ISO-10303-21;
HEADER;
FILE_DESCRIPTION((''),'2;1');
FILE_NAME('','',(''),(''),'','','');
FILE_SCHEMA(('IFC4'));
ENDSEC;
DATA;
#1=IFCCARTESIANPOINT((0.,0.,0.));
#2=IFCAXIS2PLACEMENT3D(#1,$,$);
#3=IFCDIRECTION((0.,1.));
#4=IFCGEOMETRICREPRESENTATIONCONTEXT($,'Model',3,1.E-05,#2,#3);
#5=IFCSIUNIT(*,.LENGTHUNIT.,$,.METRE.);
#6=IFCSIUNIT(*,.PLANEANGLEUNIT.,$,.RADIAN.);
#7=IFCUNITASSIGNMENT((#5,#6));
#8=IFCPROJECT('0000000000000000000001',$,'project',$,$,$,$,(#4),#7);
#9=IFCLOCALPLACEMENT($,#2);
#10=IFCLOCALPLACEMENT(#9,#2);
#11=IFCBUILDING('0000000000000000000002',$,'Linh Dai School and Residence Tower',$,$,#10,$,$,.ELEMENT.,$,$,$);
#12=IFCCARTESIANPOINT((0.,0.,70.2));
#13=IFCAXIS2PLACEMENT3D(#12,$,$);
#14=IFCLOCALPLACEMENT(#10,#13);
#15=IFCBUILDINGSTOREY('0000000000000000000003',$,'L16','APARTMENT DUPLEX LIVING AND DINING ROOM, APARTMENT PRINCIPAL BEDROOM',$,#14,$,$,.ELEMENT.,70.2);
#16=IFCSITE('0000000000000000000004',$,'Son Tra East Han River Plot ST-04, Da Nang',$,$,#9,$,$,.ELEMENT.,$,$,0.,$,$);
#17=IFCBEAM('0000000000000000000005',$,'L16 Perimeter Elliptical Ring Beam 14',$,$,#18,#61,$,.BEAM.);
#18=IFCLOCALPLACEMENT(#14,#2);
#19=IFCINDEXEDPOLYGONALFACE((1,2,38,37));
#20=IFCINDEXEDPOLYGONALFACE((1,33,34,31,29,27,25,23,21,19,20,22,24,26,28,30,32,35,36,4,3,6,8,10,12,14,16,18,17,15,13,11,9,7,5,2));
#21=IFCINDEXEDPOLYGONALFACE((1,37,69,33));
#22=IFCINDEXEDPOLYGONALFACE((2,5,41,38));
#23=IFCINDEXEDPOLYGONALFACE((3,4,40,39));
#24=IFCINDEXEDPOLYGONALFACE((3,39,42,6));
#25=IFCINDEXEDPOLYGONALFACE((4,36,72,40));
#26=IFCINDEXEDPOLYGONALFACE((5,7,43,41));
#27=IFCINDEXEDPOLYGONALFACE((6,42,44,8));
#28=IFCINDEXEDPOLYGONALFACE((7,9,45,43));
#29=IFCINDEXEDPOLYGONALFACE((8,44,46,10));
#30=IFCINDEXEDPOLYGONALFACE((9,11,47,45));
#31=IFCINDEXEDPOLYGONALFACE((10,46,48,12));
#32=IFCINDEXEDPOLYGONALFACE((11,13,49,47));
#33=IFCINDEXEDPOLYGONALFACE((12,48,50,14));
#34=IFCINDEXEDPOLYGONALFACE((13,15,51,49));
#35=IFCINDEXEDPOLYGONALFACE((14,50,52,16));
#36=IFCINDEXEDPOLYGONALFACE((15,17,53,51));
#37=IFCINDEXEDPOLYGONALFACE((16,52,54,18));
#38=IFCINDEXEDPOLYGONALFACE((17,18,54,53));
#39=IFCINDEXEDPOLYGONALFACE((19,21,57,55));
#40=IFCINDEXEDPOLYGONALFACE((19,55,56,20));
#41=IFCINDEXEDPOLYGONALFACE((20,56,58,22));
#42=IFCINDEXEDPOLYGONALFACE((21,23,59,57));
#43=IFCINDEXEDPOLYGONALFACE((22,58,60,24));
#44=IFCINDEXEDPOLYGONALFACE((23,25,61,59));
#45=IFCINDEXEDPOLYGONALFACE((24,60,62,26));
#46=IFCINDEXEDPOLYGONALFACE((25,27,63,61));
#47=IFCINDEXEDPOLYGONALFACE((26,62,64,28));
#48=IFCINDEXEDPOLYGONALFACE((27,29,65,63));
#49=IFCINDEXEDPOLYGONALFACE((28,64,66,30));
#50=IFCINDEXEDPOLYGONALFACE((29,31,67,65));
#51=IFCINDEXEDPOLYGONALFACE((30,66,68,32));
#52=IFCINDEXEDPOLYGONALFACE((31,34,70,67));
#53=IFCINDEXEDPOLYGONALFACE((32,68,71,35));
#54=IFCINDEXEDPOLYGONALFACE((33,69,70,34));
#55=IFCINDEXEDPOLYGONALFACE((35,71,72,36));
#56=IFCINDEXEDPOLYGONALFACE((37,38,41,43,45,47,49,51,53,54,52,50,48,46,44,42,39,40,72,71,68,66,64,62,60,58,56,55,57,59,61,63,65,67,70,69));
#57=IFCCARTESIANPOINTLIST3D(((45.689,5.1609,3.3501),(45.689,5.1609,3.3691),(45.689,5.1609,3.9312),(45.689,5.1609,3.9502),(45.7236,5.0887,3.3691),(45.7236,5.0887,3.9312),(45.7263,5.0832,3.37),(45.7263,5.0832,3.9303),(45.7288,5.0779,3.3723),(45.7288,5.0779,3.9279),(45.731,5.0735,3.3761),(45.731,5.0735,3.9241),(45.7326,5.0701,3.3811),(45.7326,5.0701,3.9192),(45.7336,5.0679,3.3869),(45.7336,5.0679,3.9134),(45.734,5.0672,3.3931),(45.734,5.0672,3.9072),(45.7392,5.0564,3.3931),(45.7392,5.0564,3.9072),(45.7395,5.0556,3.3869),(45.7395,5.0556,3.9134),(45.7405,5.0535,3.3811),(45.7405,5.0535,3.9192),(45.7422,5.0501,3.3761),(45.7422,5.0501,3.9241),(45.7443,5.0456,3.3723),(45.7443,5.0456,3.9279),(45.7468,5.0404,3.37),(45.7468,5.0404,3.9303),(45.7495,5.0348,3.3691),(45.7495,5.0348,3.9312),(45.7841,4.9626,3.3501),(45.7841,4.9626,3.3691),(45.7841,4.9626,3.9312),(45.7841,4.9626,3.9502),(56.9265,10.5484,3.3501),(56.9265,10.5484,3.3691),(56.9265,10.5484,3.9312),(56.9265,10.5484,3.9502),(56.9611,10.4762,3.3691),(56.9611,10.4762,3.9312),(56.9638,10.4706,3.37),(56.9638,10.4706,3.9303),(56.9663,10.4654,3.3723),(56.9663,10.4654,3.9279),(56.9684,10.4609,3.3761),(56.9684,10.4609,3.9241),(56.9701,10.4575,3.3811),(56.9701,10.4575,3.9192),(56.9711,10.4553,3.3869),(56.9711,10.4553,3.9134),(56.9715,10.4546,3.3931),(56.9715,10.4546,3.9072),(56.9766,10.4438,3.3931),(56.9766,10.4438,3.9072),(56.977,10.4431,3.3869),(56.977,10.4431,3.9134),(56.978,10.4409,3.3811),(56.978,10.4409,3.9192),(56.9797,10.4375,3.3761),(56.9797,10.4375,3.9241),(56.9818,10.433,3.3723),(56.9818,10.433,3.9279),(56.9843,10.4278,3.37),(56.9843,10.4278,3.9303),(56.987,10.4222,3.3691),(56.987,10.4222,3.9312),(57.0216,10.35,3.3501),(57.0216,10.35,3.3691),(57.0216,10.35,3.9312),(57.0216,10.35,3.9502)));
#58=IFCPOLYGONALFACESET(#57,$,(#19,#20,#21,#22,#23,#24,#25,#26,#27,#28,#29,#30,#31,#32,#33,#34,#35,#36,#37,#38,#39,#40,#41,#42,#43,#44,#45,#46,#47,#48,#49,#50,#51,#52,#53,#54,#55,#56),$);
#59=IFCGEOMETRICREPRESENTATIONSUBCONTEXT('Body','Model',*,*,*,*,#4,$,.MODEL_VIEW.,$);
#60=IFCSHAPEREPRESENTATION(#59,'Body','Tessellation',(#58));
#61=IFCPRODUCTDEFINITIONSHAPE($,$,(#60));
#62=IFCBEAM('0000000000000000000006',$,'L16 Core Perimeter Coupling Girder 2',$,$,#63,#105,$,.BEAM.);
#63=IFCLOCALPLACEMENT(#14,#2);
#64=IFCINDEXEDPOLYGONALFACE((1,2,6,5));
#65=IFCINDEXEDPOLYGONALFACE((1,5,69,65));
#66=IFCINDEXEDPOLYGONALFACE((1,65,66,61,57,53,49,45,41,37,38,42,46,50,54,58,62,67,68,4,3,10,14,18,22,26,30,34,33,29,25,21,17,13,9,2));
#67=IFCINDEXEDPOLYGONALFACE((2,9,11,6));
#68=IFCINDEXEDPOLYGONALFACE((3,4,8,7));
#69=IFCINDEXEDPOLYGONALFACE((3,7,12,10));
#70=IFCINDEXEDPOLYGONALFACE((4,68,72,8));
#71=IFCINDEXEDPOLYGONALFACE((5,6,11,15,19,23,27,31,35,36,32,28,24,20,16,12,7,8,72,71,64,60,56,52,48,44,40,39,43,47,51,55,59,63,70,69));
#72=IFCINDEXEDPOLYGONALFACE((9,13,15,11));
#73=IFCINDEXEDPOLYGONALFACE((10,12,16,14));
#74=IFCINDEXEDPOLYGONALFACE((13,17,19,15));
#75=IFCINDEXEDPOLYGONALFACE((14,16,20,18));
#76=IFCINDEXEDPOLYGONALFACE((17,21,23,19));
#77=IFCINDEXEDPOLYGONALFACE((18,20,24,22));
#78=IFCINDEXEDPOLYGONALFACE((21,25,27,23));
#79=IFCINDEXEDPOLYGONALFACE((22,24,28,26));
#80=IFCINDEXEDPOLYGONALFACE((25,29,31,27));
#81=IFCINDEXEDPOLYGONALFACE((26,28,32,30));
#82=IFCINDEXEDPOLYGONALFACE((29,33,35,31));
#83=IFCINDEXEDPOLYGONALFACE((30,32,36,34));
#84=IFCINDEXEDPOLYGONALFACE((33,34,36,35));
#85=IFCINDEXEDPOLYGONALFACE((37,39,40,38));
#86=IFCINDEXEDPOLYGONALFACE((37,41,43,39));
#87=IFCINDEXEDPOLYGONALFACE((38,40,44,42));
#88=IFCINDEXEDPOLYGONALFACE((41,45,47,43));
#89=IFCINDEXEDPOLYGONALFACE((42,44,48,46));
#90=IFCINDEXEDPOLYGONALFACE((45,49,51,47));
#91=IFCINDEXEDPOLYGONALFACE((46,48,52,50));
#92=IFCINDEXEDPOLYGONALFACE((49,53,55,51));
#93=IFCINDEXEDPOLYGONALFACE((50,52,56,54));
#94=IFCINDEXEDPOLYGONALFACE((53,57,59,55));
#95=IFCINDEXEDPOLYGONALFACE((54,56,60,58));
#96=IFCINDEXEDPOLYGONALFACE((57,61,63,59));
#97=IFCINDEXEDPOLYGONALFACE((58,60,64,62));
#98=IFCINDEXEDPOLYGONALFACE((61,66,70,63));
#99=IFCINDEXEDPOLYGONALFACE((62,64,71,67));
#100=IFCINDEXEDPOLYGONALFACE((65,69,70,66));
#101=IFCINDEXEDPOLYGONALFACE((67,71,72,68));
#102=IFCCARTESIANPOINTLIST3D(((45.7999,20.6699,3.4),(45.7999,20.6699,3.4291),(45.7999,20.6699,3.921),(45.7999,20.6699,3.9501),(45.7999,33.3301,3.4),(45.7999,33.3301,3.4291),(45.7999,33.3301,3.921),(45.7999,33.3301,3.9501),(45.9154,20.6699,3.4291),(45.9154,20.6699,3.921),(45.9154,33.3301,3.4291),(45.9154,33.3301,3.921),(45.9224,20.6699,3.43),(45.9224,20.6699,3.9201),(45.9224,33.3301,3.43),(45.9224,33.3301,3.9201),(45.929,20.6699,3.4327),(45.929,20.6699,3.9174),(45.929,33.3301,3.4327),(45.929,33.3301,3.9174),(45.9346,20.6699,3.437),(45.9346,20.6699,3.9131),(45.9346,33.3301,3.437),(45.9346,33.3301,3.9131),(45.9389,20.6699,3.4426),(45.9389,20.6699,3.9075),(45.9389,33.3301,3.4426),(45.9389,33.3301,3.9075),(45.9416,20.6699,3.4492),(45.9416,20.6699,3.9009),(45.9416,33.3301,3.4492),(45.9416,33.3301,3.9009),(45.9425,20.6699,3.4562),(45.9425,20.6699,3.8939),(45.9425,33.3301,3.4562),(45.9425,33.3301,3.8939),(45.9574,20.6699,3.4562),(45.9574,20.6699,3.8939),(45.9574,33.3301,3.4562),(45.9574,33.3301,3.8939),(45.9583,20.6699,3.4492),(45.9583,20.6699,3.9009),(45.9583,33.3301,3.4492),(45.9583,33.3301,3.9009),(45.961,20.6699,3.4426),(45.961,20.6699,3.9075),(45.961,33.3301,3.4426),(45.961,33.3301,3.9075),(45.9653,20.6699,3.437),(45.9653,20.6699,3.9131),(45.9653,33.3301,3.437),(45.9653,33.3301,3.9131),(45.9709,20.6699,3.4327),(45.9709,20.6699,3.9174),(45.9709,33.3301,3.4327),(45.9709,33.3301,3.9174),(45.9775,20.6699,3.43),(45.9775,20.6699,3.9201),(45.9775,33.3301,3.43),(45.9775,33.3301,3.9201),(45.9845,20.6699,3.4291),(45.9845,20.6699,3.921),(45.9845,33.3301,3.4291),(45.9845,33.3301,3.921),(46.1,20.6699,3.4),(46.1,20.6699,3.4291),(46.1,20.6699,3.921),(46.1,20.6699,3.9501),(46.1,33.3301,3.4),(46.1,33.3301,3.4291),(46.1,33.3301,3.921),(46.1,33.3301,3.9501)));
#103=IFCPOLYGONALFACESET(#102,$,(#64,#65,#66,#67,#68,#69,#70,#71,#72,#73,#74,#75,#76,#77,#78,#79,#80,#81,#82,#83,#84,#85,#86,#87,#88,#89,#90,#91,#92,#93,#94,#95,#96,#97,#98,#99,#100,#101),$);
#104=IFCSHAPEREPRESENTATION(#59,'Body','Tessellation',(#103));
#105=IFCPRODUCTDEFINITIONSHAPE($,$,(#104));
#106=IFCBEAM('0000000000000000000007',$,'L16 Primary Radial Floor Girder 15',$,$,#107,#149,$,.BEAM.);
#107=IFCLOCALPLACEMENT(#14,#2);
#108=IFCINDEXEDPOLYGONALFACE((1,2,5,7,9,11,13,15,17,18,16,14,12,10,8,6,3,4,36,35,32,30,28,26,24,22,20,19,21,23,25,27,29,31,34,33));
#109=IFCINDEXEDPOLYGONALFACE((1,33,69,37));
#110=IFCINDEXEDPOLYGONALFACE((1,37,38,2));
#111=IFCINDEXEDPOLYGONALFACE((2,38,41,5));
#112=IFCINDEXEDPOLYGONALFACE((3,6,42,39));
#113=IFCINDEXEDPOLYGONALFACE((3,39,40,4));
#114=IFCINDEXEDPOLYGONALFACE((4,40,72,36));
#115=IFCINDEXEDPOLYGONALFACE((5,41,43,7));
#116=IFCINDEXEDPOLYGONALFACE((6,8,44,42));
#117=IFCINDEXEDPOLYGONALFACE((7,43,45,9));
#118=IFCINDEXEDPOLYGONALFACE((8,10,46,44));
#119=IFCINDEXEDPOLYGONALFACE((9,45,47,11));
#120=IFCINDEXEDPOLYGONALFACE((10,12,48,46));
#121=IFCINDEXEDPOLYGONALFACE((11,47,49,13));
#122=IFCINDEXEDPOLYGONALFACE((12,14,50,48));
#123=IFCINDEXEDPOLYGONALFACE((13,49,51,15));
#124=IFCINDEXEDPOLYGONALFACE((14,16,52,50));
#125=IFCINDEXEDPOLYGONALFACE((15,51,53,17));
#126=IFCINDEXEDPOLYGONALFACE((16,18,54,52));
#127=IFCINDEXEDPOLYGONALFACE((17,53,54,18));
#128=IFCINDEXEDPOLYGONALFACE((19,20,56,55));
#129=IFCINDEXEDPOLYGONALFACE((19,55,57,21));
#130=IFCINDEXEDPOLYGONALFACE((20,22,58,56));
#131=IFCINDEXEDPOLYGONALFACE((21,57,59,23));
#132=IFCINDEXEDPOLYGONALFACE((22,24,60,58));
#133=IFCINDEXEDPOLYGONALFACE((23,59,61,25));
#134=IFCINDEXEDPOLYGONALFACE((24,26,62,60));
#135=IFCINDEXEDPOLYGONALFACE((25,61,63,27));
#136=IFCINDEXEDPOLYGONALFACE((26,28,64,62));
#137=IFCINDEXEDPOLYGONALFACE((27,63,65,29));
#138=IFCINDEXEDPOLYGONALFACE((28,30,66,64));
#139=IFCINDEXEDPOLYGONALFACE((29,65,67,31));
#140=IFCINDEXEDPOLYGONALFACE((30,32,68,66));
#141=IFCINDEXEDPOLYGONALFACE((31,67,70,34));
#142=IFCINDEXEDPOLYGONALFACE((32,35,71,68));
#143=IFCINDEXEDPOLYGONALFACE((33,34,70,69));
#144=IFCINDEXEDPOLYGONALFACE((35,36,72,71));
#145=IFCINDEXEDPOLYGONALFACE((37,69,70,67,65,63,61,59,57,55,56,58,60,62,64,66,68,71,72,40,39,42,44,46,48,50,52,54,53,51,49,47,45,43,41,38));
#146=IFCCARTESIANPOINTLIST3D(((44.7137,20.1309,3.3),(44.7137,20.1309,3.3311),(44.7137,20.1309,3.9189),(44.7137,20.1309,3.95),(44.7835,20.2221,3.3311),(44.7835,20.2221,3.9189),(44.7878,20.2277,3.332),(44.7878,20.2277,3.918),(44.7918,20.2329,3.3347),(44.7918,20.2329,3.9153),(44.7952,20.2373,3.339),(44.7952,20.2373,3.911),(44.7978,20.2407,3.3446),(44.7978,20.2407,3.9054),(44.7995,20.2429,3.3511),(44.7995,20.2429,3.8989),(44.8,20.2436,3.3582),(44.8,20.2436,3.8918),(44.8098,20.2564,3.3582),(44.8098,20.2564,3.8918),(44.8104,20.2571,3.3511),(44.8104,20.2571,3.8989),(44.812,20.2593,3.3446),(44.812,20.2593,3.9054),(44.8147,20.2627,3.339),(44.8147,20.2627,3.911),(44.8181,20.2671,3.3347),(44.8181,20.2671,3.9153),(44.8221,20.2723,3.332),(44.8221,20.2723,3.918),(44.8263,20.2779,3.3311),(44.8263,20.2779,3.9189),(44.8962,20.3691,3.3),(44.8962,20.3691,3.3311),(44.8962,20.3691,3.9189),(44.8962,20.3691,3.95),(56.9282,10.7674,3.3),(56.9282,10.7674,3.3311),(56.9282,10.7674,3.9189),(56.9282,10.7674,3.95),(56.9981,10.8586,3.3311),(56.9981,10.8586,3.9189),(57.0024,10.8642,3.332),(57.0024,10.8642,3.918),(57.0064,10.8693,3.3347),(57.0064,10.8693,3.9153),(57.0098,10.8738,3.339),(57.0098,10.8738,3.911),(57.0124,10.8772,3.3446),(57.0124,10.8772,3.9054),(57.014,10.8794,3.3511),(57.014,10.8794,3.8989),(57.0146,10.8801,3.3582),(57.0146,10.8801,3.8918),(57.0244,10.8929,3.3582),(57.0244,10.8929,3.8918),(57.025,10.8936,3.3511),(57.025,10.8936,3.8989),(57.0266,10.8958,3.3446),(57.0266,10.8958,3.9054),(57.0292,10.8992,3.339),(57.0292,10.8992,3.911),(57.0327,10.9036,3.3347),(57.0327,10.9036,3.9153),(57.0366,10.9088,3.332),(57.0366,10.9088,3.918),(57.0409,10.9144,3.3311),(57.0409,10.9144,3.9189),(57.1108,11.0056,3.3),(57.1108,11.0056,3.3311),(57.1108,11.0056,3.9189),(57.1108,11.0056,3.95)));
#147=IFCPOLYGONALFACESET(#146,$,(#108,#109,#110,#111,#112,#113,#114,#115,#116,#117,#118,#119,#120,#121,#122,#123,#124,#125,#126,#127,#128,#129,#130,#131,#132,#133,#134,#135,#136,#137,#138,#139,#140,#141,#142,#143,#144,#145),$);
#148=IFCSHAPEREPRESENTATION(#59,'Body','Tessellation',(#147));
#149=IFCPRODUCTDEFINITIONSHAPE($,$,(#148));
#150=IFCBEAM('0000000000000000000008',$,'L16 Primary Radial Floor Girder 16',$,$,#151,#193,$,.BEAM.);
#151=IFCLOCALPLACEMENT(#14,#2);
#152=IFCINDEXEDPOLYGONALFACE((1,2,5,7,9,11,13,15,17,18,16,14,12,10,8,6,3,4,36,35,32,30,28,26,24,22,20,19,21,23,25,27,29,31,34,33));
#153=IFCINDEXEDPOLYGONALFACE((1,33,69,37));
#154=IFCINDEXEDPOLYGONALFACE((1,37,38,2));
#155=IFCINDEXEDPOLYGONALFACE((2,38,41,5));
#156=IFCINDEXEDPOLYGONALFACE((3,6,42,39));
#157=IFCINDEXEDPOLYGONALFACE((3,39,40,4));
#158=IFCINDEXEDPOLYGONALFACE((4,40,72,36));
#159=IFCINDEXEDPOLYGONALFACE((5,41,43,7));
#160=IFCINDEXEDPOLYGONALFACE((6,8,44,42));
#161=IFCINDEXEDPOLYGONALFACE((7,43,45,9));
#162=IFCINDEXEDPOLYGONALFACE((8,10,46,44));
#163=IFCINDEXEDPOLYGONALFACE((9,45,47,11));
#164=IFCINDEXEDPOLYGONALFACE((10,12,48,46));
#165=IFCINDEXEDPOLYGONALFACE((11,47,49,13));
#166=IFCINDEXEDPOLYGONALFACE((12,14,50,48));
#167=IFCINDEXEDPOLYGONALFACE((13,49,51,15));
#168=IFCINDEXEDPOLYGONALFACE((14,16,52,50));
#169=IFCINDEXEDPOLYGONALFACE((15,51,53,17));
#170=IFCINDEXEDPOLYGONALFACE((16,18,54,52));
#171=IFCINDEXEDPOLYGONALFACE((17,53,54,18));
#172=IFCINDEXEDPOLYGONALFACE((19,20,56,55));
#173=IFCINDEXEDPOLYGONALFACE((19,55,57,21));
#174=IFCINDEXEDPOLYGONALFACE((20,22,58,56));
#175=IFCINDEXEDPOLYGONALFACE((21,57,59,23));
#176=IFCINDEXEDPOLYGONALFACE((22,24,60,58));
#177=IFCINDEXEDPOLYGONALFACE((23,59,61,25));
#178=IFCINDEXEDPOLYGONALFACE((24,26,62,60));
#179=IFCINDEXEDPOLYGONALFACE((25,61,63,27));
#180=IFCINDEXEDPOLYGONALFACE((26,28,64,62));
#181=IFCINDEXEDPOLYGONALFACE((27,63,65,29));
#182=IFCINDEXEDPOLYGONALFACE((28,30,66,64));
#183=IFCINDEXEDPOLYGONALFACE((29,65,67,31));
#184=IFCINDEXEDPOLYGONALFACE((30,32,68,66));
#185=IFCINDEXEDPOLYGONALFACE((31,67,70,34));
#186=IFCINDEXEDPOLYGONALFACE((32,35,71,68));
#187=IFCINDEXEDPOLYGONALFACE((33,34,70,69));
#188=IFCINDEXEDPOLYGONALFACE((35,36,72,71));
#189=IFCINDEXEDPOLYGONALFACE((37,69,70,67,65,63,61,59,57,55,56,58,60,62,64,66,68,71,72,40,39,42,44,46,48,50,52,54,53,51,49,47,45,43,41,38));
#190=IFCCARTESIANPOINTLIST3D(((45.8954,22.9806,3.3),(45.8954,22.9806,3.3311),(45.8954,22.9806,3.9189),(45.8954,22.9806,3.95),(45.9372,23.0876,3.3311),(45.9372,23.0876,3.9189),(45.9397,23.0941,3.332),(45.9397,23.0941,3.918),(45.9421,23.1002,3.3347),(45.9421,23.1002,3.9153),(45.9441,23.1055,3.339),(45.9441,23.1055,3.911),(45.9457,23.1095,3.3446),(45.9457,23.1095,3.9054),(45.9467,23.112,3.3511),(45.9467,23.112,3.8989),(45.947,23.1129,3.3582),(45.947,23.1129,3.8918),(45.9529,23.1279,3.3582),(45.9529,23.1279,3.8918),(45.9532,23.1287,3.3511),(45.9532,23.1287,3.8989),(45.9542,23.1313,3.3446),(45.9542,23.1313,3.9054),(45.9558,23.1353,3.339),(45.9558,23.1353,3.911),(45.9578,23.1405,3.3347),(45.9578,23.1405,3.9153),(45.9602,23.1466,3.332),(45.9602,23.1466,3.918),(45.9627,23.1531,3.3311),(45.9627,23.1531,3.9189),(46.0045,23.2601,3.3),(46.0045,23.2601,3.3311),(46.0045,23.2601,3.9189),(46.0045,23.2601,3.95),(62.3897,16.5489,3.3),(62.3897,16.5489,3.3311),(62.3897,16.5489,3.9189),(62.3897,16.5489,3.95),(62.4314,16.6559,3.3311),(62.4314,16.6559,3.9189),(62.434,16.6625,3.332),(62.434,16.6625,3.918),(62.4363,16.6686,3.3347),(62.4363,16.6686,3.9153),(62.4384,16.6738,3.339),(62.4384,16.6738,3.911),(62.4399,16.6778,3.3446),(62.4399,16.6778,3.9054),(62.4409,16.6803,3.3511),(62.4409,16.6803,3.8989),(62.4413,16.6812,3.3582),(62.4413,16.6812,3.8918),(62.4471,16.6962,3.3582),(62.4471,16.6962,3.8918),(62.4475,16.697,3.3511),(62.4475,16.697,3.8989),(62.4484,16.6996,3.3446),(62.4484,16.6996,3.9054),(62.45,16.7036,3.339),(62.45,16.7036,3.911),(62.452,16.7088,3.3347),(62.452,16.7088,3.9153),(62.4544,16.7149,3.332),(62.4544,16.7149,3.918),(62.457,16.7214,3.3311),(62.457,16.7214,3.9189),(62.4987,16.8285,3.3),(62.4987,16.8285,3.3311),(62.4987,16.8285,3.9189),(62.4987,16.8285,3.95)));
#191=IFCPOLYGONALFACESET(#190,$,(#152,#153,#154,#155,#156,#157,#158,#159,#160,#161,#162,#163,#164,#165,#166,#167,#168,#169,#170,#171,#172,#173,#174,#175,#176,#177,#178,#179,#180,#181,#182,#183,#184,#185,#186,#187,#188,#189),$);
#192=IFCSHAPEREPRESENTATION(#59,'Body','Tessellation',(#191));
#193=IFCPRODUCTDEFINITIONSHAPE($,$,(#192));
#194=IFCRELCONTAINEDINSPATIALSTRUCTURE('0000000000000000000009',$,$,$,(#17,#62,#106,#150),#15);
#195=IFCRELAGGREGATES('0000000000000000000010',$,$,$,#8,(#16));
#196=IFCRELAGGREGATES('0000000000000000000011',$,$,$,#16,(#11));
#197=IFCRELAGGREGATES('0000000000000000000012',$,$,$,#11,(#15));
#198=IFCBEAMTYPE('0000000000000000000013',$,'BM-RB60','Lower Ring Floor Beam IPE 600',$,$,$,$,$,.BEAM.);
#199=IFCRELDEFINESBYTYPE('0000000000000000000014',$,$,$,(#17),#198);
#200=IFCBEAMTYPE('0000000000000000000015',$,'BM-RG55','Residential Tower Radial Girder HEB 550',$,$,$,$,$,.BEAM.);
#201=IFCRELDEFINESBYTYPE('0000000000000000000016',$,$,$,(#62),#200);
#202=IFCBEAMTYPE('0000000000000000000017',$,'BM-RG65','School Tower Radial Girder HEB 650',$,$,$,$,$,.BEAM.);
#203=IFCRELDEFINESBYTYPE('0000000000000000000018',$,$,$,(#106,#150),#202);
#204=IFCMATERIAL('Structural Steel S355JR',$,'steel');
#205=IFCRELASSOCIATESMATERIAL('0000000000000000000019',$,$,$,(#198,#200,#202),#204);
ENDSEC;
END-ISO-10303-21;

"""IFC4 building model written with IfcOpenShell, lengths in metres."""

from ifc_helpers import new_model, si_unit, direction, frame, origin, origin_2d, place, context, subcontext, project, spatial, i_section, extrude, material, material_profile, profile_set, type_object, element, save


model = new_model("IFC4")

# Units and contexts
model_context = context("Model", 3, precision=1e-05, world=origin(), true_north=direction((0.0, 1.0)))
body_context = subcontext(model_context, "Body", "Model", "MODEL_VIEW")
ifc_project = project(units=[si_unit("LENGTHUNIT", "METRE"), si_unit("PLANEANGLEUNIT", "RADIAN")], contexts=[model_context])

# Site, building, storey
site_placement = place(None, origin())
site = spatial("IfcSite", under=ifc_project, at=site_placement, Name="Son Tra East Han River Plot ST-04, Da Nang", CompositionType="ELEMENT", RefElevation=0.0)
building_placement = place(site_placement, origin())
building = spatial("IfcBuilding", under=site, at=building_placement, Name="Linh Dai School and Residence Tower", CompositionType="ELEMENT")
storey_placement = place(building_placement, frame((0.0, 0.0, 70.2)))
storey = spatial("IfcBuildingStorey", under=building, at=storey_placement, Name="L16", Description="APARTMENT DUPLEX LIVING AND DINING ROOM, APARTMENT PRINCIPAL BEDROOM", CompositionType="ELEMENT", Elevation=70.2)

# Shared definitions
ifc_material_1 = material(Name="Structural Steel S355JR", Category="steel")

# Beams
ifc_material_profile_1 = material_profile(ifc_material_1, i_section(OverallWidth=0.22, OverallDepth=0.6001, WebThickness=0.012, FlangeThickness=0.019, FilletRadius=0.0239, at=origin_2d()), Name="IPE 600")
ifc_profile_set_1 = profile_set([ifc_material_profile_1], Name="Structural Steel S355JR")
beam_type_1 = type_object("IfcBeamType", Name="BM-RB60", Description="Lower Ring Floor Beam IPE 600", PredefinedType="BEAM", material=ifc_profile_set_1)
beam_1_placement = place(storey_placement, frame((45.7366, 5.0618, 3.6501), z_axis=(0.901729, 0.432302, 0.0), x_axis=(-0.432302, 0.901729, 0.0)))
element("IfcBeam", 1, at=beam_1_placement, inside=storey, type_object=beam_type_1, Name="L16 Perimeter Elliptical Ring Beam 14", PredefinedType="BEAM", context=body_context, shape_type="SweptSolid", body=[
    extrude(i_section(OverallWidth=0.22, OverallDepth=0.6001, WebThickness=0.012, FlangeThickness=0.019, FilletRadius=0.0239, at=origin_2d()), origin(), (0.0, 0.0, 1.0), 12.4622),
])
ifc_material_profile_2 = material_profile(ifc_material_1, i_section(OverallWidth=0.3, OverallDepth=0.55, WebThickness=0.0149, FlangeThickness=0.0291, FilletRadius=0.0271, at=origin_2d()), Name="HEB 550")
ifc_profile_set_2 = profile_set([ifc_material_profile_2], Name="Structural Steel S355JR")
beam_type_2 = type_object("IfcBeamType", Name="BM-RG55", Description="Residential Tower Radial Girder HEB 550", PredefinedType="BEAM", material=ifc_profile_set_2)
beam_2_placement = place(storey_placement, frame((45.95, 20.6699, 3.675), z_axis=(0.0, 1.0, 0.0), x_axis=(-1.0, 0.0, 0.0)))
element("IfcBeam", 2, at=beam_2_placement, inside=storey, type_object=beam_type_2, Name="L16 Core Perimeter Coupling Girder 2", PredefinedType="BEAM", context=body_context, shape_type="SweptSolid", body=[
    extrude(i_section(OverallWidth=0.3, OverallDepth=0.55, WebThickness=0.0149, FlangeThickness=0.0291, FilletRadius=0.0271, at=origin_2d()), origin(), (0.0, 0.0, 1.0), 12.6602),
])
ifc_material_profile_3 = material_profile(ifc_material_1, i_section(OverallWidth=0.3, OverallDepth=0.6499, WebThickness=0.0161, FlangeThickness=0.031, FilletRadius=0.0271, at=origin_2d()), Name="HEB 650")
ifc_profile_set_3 = profile_set([ifc_material_profile_3], Name="Structural Steel S355JR")
beam_type_3 = type_object("IfcBeamType", Name="BM-RG65", Description="School Tower Radial Girder HEB 650", PredefinedType="BEAM", material=ifc_profile_set_3)
beam_3_placement = place(storey_placement, frame((44.8049, 20.25, 3.625), z_axis=(0.793638, -0.608391, 0.0), x_axis=(0.608391, 0.793638, 0.0)))
element("IfcBeam", 3, at=beam_3_placement, inside=storey, type_object=beam_type_3, Name="L16 Primary Radial Floor Girder 15", PredefinedType="BEAM", context=body_context, shape_type="SweptSolid", body=[
    extrude(i_section(OverallWidth=0.3, OverallDepth=0.6499, WebThickness=0.0161, FlangeThickness=0.031, FilletRadius=0.0271, at=origin_2d()), origin(), (0.0, 0.0, 1.0), 15.3906),
])
beam_4_placement = place(storey_placement, frame((45.95, 23.1204, 3.625), z_axis=(0.931675, -0.363293, 0.0), x_axis=(0.363293, 0.931675, 0.0)))
element("IfcBeam", 4, at=beam_4_placement, inside=storey, type_object=beam_type_3, Name="L16 Primary Radial Floor Girder 16", PredefinedType="BEAM", context=body_context, shape_type="SweptSolid", body=[
    extrude(i_section(OverallWidth=0.3, OverallDepth=0.6499, WebThickness=0.0161, FlangeThickness=0.031, FilletRadius=0.0271, at=origin_2d()), origin(), (0.0, 0.0, 1.0), 17.7039),
])

save(model, "model.ifc")
